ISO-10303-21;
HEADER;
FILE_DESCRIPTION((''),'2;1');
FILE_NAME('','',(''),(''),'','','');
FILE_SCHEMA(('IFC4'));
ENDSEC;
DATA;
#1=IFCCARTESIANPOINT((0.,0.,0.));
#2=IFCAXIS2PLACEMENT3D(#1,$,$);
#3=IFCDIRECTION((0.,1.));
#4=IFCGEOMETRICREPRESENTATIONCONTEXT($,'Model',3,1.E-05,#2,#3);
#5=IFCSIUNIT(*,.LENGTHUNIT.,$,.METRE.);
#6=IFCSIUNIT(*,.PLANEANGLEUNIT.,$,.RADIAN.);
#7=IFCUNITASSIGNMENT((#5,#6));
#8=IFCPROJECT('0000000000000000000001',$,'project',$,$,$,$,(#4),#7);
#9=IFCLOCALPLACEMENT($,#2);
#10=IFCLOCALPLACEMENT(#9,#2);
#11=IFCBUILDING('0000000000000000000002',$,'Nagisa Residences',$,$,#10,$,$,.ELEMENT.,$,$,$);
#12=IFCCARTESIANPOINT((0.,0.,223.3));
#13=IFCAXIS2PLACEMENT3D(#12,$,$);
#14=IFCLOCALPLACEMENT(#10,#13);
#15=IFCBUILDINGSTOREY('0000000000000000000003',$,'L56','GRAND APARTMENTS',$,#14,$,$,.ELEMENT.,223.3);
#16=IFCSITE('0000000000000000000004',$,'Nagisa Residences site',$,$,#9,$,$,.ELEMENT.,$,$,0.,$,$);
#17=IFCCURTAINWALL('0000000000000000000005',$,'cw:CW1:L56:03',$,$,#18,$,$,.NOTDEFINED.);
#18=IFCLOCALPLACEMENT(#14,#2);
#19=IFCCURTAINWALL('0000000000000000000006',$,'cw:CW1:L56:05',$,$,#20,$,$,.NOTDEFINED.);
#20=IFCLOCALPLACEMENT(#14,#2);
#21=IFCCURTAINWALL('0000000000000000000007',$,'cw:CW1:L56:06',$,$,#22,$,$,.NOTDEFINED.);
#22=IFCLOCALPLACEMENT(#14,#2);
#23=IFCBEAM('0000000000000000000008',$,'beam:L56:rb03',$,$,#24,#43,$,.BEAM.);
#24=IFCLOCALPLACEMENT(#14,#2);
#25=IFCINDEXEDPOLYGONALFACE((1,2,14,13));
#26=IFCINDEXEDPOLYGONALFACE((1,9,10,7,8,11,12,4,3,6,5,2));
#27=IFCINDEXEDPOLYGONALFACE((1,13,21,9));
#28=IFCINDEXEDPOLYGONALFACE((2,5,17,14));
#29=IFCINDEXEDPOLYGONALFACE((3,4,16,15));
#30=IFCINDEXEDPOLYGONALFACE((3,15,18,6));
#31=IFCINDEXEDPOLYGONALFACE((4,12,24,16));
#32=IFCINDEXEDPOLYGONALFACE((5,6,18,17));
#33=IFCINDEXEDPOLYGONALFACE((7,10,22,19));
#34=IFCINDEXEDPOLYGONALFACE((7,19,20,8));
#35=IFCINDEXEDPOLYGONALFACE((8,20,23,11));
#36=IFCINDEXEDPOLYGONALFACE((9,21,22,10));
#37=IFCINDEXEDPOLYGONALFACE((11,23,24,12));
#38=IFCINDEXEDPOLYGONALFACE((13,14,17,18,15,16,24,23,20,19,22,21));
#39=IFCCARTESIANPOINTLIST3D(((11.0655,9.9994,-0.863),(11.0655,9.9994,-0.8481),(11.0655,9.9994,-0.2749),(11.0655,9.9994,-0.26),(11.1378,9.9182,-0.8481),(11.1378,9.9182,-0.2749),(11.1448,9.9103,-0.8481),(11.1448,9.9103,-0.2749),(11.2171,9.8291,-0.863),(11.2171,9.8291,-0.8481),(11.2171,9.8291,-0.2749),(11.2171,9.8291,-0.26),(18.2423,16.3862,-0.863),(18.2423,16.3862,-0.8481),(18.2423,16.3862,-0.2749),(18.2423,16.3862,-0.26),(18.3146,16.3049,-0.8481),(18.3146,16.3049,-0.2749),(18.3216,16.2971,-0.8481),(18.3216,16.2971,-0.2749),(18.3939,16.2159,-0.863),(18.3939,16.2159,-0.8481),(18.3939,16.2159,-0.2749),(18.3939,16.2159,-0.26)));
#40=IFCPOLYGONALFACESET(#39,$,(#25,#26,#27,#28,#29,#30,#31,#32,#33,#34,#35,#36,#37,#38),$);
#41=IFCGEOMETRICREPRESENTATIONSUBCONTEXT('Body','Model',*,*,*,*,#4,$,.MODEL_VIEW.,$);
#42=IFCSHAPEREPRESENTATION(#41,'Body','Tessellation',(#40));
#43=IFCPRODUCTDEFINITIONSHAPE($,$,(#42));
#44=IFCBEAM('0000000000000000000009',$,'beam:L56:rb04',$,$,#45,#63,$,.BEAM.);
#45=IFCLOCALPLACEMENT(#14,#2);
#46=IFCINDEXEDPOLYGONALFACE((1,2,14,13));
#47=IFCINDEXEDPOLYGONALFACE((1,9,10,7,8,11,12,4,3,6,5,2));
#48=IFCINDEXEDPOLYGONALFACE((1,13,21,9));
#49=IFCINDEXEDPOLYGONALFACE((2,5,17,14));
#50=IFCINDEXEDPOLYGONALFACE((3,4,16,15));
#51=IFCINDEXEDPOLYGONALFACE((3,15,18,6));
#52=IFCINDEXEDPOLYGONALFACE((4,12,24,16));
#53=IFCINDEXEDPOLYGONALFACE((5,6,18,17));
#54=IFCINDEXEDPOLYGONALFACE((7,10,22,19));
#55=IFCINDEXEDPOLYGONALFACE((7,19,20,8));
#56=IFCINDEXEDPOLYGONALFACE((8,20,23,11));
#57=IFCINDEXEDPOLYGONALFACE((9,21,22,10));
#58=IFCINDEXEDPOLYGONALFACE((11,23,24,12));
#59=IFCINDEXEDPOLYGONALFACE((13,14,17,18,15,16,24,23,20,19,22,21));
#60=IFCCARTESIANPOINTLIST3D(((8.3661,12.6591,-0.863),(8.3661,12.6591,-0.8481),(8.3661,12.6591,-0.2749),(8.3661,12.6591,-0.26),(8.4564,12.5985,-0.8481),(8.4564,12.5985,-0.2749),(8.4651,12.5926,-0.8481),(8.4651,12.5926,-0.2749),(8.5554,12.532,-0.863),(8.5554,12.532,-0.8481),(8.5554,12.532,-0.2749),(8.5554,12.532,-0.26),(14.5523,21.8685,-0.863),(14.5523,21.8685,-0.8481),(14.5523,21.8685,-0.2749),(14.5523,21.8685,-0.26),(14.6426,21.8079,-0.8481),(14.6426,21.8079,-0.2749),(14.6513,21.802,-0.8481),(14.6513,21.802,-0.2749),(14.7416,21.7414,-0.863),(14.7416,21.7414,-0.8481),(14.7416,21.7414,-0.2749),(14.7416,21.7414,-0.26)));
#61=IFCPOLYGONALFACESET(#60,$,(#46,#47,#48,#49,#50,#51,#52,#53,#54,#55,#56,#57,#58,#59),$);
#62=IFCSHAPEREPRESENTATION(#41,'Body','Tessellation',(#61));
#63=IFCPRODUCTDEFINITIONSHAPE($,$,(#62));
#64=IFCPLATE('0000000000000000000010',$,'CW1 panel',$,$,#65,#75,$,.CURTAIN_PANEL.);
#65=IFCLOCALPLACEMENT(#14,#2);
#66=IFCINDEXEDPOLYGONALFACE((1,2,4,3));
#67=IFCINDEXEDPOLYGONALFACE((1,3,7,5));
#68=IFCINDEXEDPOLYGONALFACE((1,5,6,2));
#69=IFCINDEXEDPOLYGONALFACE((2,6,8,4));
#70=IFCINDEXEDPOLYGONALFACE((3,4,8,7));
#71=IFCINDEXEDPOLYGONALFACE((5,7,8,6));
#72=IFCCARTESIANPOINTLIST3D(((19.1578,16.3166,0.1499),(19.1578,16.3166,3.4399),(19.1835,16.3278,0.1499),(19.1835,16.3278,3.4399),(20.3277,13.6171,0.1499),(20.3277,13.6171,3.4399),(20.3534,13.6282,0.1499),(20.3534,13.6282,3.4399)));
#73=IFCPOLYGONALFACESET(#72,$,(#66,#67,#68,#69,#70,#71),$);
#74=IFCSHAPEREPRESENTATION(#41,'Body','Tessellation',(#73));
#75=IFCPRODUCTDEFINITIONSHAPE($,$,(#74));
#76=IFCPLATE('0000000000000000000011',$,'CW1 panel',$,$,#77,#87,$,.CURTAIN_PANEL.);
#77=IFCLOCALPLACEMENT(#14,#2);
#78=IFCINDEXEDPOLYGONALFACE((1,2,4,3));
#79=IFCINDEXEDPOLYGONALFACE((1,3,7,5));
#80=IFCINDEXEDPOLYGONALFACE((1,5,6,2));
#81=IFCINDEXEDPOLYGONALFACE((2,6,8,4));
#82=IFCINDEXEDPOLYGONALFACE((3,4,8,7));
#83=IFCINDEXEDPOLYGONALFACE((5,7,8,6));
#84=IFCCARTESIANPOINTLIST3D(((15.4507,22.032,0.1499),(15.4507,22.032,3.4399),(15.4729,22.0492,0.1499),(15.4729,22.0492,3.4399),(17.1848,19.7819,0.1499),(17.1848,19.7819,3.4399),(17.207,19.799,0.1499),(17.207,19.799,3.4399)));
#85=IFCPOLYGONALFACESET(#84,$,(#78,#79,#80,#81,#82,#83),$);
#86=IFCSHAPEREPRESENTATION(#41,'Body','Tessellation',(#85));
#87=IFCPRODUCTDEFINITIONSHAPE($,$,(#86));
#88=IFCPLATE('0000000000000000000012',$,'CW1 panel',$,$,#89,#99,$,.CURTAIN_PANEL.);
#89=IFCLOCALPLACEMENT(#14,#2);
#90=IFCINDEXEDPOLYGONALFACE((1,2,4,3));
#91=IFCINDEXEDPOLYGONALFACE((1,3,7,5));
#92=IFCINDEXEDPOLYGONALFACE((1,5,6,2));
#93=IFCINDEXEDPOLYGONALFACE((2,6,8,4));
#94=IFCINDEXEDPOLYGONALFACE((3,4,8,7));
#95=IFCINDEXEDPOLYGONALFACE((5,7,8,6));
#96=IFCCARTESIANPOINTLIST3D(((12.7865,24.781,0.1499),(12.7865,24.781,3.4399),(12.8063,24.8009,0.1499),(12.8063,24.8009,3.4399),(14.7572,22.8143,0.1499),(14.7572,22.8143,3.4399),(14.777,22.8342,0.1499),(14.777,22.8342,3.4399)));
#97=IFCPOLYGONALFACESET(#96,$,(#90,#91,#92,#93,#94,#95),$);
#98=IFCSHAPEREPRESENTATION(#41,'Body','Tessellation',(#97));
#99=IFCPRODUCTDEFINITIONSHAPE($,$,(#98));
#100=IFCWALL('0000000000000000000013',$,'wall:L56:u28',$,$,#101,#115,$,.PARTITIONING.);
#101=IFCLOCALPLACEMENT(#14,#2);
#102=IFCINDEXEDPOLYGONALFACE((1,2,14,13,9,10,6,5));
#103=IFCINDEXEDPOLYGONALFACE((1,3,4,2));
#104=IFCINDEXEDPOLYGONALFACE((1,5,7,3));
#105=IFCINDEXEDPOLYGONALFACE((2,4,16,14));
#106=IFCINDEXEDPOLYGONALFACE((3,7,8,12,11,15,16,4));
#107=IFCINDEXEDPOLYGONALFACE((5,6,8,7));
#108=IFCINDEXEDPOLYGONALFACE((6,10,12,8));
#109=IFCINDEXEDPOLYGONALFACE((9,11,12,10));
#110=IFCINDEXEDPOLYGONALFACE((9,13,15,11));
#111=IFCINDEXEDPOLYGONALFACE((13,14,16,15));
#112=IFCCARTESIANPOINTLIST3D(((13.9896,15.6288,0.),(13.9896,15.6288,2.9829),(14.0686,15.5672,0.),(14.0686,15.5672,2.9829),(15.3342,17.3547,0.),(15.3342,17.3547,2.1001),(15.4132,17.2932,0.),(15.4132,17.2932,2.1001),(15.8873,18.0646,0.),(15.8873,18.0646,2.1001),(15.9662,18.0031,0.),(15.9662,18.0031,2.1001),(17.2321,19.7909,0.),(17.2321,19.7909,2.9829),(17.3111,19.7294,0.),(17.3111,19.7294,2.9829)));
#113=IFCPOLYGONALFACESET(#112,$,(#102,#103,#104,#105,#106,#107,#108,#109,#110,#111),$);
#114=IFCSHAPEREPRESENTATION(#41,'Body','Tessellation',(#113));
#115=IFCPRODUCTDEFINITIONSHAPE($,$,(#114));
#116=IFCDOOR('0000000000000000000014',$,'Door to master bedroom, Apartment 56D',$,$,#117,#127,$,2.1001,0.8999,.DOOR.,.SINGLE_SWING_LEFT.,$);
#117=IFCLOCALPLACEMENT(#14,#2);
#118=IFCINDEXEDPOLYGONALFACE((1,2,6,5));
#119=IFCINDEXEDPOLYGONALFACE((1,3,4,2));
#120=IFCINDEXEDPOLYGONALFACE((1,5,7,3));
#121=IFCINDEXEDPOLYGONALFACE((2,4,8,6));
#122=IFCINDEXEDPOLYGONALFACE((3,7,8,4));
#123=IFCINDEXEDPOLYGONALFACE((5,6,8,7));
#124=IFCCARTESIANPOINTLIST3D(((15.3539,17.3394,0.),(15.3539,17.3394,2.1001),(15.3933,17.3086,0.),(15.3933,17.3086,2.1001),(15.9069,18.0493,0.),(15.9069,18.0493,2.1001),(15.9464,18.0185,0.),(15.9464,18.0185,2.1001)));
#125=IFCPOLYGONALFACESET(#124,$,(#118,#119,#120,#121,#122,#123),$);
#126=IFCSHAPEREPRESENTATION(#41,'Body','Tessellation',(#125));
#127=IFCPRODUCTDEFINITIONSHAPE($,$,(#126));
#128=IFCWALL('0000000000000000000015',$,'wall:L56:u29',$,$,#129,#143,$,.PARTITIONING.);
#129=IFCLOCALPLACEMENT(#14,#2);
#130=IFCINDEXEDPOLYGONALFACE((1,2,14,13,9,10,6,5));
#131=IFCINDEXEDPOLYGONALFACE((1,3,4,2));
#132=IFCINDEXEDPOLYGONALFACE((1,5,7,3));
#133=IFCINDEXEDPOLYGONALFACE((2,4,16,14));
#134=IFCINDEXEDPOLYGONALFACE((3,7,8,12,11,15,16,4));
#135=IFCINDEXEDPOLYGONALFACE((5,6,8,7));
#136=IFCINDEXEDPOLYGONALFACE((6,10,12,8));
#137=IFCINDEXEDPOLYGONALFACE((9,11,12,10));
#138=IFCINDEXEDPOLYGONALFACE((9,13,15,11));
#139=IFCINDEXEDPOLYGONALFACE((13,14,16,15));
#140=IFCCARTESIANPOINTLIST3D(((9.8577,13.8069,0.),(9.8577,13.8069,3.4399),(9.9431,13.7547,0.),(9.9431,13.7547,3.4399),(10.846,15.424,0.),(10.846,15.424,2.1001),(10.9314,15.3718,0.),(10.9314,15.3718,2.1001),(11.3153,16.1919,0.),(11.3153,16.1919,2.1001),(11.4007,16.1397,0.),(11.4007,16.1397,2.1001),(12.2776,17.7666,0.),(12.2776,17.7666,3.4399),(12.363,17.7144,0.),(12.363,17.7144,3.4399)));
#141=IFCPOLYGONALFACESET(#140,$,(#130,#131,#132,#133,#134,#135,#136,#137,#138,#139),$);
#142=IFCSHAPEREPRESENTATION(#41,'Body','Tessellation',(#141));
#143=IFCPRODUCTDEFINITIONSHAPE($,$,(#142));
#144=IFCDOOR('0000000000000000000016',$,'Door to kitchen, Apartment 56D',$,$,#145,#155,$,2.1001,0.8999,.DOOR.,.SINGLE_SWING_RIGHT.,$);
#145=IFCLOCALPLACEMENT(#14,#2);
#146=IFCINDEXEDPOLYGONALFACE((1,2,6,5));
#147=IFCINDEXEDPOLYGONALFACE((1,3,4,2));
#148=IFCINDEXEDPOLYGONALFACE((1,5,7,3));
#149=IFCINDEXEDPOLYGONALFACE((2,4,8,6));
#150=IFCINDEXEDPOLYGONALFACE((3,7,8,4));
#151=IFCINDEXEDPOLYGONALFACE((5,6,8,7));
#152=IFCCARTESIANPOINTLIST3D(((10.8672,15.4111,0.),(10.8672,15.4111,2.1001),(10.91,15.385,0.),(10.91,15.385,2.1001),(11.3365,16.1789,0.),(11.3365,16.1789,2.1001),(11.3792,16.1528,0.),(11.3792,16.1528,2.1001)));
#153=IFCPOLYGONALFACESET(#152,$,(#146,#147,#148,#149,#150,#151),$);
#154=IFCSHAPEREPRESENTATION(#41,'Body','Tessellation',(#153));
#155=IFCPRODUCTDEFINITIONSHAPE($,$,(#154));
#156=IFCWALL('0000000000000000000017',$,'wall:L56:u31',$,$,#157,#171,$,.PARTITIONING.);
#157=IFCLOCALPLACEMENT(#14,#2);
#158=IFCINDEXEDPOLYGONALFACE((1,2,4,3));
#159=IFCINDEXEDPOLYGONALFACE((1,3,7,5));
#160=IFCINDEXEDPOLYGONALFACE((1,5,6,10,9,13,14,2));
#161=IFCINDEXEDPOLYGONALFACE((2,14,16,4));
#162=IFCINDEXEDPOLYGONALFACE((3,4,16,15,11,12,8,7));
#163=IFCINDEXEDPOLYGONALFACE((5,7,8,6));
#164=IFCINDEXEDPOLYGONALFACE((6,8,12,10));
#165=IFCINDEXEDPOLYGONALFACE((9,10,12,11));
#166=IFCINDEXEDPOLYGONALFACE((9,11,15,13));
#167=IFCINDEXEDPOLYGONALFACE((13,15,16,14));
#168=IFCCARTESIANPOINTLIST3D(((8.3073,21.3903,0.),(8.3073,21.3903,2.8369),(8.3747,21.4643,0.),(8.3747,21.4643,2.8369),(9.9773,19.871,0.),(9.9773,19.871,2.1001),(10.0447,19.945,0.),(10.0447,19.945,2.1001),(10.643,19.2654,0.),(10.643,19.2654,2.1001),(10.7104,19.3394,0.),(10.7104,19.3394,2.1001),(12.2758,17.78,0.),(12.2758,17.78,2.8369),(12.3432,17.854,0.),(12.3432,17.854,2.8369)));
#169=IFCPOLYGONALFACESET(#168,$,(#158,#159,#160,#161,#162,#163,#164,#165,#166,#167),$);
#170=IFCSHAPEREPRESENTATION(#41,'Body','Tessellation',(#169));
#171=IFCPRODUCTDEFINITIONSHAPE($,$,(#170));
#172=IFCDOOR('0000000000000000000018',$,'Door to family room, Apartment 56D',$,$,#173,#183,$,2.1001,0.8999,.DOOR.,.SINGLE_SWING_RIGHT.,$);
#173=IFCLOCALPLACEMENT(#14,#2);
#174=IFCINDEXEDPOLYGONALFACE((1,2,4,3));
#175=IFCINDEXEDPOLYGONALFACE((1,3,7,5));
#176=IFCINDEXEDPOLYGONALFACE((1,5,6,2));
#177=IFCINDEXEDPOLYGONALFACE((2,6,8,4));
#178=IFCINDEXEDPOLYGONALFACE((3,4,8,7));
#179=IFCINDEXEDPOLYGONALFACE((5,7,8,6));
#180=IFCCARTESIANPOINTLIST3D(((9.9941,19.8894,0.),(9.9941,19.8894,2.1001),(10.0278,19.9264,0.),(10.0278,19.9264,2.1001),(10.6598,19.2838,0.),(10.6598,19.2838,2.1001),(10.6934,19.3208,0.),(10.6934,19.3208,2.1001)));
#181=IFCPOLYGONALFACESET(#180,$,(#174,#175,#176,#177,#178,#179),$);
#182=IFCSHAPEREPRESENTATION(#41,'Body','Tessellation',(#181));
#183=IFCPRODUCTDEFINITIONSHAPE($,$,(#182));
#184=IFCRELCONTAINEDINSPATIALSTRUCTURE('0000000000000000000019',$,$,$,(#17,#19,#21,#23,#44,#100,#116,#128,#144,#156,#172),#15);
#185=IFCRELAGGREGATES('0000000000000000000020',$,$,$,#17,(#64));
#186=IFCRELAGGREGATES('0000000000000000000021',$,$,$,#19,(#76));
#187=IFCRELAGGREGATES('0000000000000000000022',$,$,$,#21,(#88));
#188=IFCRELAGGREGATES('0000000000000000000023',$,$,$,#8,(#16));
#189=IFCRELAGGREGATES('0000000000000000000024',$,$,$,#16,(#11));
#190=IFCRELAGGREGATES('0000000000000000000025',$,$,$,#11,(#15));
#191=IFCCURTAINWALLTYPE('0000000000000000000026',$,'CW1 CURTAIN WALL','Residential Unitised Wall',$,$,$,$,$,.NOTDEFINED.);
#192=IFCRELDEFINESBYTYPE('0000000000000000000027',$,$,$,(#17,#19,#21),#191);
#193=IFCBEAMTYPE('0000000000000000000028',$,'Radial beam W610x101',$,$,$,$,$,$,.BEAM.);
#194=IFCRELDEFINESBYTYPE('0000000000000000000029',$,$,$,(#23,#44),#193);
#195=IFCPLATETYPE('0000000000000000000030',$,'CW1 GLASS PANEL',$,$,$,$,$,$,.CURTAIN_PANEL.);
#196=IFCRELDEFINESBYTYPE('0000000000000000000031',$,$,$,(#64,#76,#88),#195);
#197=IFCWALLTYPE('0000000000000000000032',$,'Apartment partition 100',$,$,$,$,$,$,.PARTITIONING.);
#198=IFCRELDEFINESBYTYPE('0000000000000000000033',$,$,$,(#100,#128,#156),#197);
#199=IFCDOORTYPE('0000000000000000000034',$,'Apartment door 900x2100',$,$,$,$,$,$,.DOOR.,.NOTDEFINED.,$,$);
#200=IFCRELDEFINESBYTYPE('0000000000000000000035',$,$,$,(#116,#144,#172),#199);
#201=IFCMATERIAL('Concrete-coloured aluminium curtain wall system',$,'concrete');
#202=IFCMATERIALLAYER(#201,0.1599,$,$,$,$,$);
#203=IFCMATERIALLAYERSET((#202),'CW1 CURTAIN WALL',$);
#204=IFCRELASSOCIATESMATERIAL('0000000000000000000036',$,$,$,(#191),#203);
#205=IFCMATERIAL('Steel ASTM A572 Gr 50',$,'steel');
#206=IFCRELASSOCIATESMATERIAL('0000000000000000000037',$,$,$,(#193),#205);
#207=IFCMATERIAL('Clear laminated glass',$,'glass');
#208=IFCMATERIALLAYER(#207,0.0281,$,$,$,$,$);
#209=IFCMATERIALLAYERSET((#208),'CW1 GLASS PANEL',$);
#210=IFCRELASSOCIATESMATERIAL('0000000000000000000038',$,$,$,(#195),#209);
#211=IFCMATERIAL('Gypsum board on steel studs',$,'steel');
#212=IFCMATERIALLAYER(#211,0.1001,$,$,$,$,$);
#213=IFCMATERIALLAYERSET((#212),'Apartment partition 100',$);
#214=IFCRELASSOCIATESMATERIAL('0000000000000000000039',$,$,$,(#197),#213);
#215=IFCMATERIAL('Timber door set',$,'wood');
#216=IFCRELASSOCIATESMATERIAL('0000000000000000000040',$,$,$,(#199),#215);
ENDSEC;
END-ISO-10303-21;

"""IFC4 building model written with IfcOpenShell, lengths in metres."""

from ifc_helpers import new_model, si_unit, direction, frame, frame_2d, origin, origin_2d, place, context, subcontext, project, spatial, rectangle, i_section, extrude, material, layer, layer_set, material_profile, profile_set, type_object, element, fill, aggregate, save


model = new_model("IFC4")

# Units and contexts
model_context = context("Model", 3, precision=1e-05, world=origin(), true_north=direction((0.0, 1.0)))
body_context = subcontext(model_context, "Body", "Model", "MODEL_VIEW")
ifc_project = project(units=[si_unit("LENGTHUNIT", "METRE"), si_unit("PLANEANGLEUNIT", "RADIAN")], contexts=[model_context])

# Site, building, storey
site_placement = place(None, origin())
site = spatial("IfcSite", under=ifc_project, at=site_placement, Name="Nagisa Residences site", CompositionType="ELEMENT", RefElevation=0.0)
building_placement = place(site_placement, origin())
building = spatial("IfcBuilding", under=site, at=building_placement, Name="Nagisa Residences", CompositionType="ELEMENT")
storey_placement = place(building_placement, frame((0.0, 0.0, 223.3)))
storey = spatial("IfcBuildingStorey", under=building, at=storey_placement, Name="L56", Description="GRAND APARTMENTS", CompositionType="ELEMENT", Elevation=223.3)

# Curtain walls
ifc_material_1 = material(Name="Concrete-coloured aluminium curtain wall system", Category="concrete")
ifc_layer_1 = layer(ifc_material_1, 0.1599)
ifc_layer_set_1 = layer_set([ifc_layer_1], Name="CW1 CURTAIN WALL")
curtain_wall_type = type_object("IfcCurtainWallType", Name="CW1 CURTAIN WALL", Description="Residential Unitised Wall", PredefinedType="NOTDEFINED", material=ifc_layer_set_1)
curtain_wall_1_placement = place(storey_placement, origin())
curtain_wall_1 = element("IfcCurtainWall", 1, at=curtain_wall_1_placement, inside=storey, type_object=curtain_wall_type, Name="cw:CW1:L56:03", PredefinedType="NOTDEFINED")
curtain_wall_2_placement = place(storey_placement, origin())
curtain_wall_2 = element("IfcCurtainWall", 2, at=curtain_wall_2_placement, inside=storey, type_object=curtain_wall_type, Name="cw:CW1:L56:05", PredefinedType="NOTDEFINED")
curtain_wall_3_placement = place(storey_placement, origin())
curtain_wall_3 = element("IfcCurtainWall", 3, at=curtain_wall_3_placement, inside=storey, type_object=curtain_wall_type, Name="cw:CW1:L56:06", PredefinedType="NOTDEFINED")

# Beams
ifc_material_2 = material(Name="Steel ASTM A572 Gr 50", Category="steel")
ifc_material_profile_1 = material_profile(ifc_material_2, i_section(OverallWidth=0.228, OverallDepth=0.603, WebThickness=0.0105, FlangeThickness=0.0149, at=origin_2d()), Name="W610x101")
ifc_profile_set_1 = profile_set([ifc_material_profile_1], Name="Steel ASTM A572 Gr 50")
beam_type_1 = type_object("IfcBeamType", Name="Radial beam W610x101", PredefinedType="BEAM", material=ifc_profile_set_1)
beam_1_placement = place(storey_placement, frame((18.3181, 16.301, -0.5615), z_axis=(-0.747028, -0.664793, 0.0), x_axis=(0.664793, -0.747028, 0.0)))
element("IfcBeam", 4, at=beam_1_placement, inside=storey, type_object=beam_type_1, Name="beam:L56:rb03", PredefinedType="BEAM", context=body_context, shape_type="SweptSolid", body=[
    extrude(i_section(OverallWidth=0.228, OverallDepth=0.603, WebThickness=0.0105, FlangeThickness=0.0149, at=origin_2d()), origin(), (0.0, 0.0, 1.0), 9.6072),
])
beam_2_placement = place(storey_placement, frame((14.647, 21.8049, -0.5615), z_axis=(-0.557607, -0.830105, 0.0), x_axis=(0.830105, -0.557607, 0.0)))
element("IfcBeam", 5, at=beam_2_placement, inside=storey, type_object=beam_type_1, Name="beam:L56:rb04", PredefinedType="BEAM", context=body_context, shape_type="SweptSolid", body=[
    extrude(i_section(OverallWidth=0.228, OverallDepth=0.603, WebThickness=0.0105, FlangeThickness=0.0149, at=origin_2d()), origin(), (0.0, 0.0, 1.0), 11.0942),
])

# Plates
ifc_material_3 = material(Name="Clear laminated glass", Category="glass")
ifc_layer_2 = layer(ifc_material_3, 0.0281)
ifc_layer_set_2 = layer_set([ifc_layer_2], Name="CW1 GLASS PANEL")
plate_type = type_object("IfcPlateType", Name="CW1 GLASS PANEL", PredefinedType="CURTAIN_PANEL", material=ifc_layer_set_2)
plate_1_placement = place(storey_placement, frame((19.7556, 14.9724, 0.1499), z_axis=(0.0, 0.0, 1.0), x_axis=(-0.397636, 0.917543, 0.0)))
plate_1 = element("IfcPlate", 6, at=plate_1_placement, type_object=plate_type, Name="CW1 panel", PredefinedType="CURTAIN_PANEL", context=body_context, shape_type="SweptSolid", body=[
    extrude(rectangle(XDim=2.9421, YDim=0.0281, at=origin_2d()), origin(), (0.0, 0.0, 1.0), 3.29),
])
aggregate(curtain_wall_1, [plate_1])
plate_2_placement = place(storey_placement, frame((16.3289, 20.9155, 0.1499), z_axis=(0.0, 0.0, 1.0), x_axis=(-0.61043, 0.79207, 0.0)))
plate_2 = element("IfcPlate", 7, at=plate_2_placement, type_object=plate_type, Name="CW1 panel", PredefinedType="CURTAIN_PANEL", context=body_context, shape_type="SweptSolid", body=[
    extrude(rectangle(XDim=2.8408, YDim=0.0281, at=origin_2d()), origin(), (0.0, 0.0, 1.0), 3.29),
])
aggregate(curtain_wall_2, [plate_2])
plate_3_placement = place(storey_placement, frame((13.7817, 23.8076, 0.1499), z_axis=(0.0, 0.0, 1.0), x_axis=(-0.707836, 0.706377, 0.0)))
plate_3 = element("IfcPlate", 8, at=plate_3_placement, type_object=plate_type, Name="CW1 panel", PredefinedType="CURTAIN_PANEL", context=body_context, shape_type="SweptSolid", body=[
    extrude(rectangle(XDim=2.7842, YDim=0.0281, at=origin_2d()), origin(), (0.0, 0.0, 1.0), 3.29),
])
aggregate(curtain_wall_3, [plate_3])

# Walls, openings, doors
ifc_material_4 = material(Name="Gypsum board on steel studs", Category="steel")
ifc_layer_3 = layer(ifc_material_4, 0.1001)
ifc_layer_set_3 = layer_set([ifc_layer_3], Name="Apartment partition 100")
wall_type_1 = type_object("IfcWallType", Name="Apartment partition 100", PredefinedType="PARTITIONING", material=ifc_layer_set_3)
wall_1_placement = place(storey_placement, frame((14.0291, 15.5979, 0.0), z_axis=(0.0, 0.0, 1.0), x_axis=(0.614559, 0.788871, 0.0)))
wall_1 = element("IfcWall", 9, at=wall_1_placement, inside=storey, type_object=wall_type_1, Name="wall:L56:u28", PredefinedType="PARTITIONING", context=body_context, shape_type="SweptSolid", body=[
    extrude(rectangle(XDim=5.2761, YDim=0.1001, at=frame_2d((2.6382, 0.0))), origin(), (0.0, 0.0, 1.0), 2.9829),
])
opening_1_placement = place(wall_1_placement, frame((2.188, 0.0, 0.0)))
opening_1 = element("IfcOpeningElement", 10, at=opening_1_placement, cuts=wall_1, PredefinedType="OPENING", context=body_context, shape_type="SweptSolid", body=[
    extrude(rectangle(XDim=0.8999, YDim=2.1001, at=frame_2d((0.45, 1.05))), frame((0.0, 0.0601, 0.0), z_axis=(0.0, -1.0, 0.0), x_axis=(1.0, 0.0, 0.0)), (0.0, 0.0, 1.0), 0.1201),
])
ifc_material_5 = material(Name="Timber door set", Category="wood")
door_type_1 = type_object("IfcDoorType", Name="Apartment door 900x2100", OperationType="NOTDEFINED", PredefinedType="DOOR", material=ifc_material_5)
door_1_placement = place(opening_1_placement, frame((0.8999, 0.0, 0.0), x_axis=(-1.0, 0.0, 0.0)))
door_1 = element("IfcDoor", 11, at=door_1_placement, inside=storey, type_object=door_type_1, Name="Door to master bedroom, Apartment 56D", OperationType="SINGLE_SWING_LEFT", OverallHeight=2.1001, OverallWidth=0.8999, PredefinedType="DOOR", context=body_context, shape_type="SweptSolid", body=[
    extrude(rectangle(XDim=0.8999, YDim=2.1001, at=frame_2d((0.45, 1.05))), frame((0.0, 0.0249, 0.0), z_axis=(0.0, -1.0, 0.0), x_axis=(1.0, 0.0, 0.0)), (0.0, 0.0, 1.0), 0.05),
])
fill(opening_1, door_1)
wall_2_placement = place(storey_placement, frame((9.9004, 13.7808, 0.0), z_axis=(0.0, 0.0, 1.0), x_axis=(0.521465, 0.853273, 0.0)))
wall_2 = element("IfcWall", 12, at=wall_2_placement, inside=storey, type_object=wall_type_1, Name="wall:L56:u29", PredefinedType="PARTITIONING", context=body_context, shape_type="SweptSolid", body=[
    extrude(rectangle(XDim=4.6406, YDim=0.1001, at=frame_2d((2.3203, 0.0))), origin(), (0.0, 0.0, 1.0), 3.4399),
])
opening_2_placement = place(wall_2_placement, frame((1.8953, 0.0, 0.0)))
opening_2 = element("IfcOpeningElement", 13, at=opening_2_placement, cuts=wall_2, PredefinedType="OPENING", context=body_context, shape_type="SweptSolid", body=[
    extrude(rectangle(XDim=0.8999, YDim=2.1001, at=frame_2d((0.45, 1.05))), frame((0.0, 0.0601, 0.0), z_axis=(0.0, -1.0, 0.0), x_axis=(1.0, 0.0, 0.0)), (0.0, 0.0, 1.0), 0.1201),
])
door_2_placement = place(opening_2_placement, frame((0.8999, 0.0, 0.0), x_axis=(-1.0, 0.0, 0.0)))
door_2 = element("IfcDoor", 14, at=door_2_placement, inside=storey, type_object=door_type_1, Name="Door to kitchen, Apartment 56D", OperationType="SINGLE_SWING_RIGHT", OverallHeight=2.1001, OverallWidth=0.8999, PredefinedType="DOOR", context=body_context, shape_type="SweptSolid", body=[
    extrude(rectangle(XDim=0.8999, YDim=2.1001, at=frame_2d((0.45, 1.05))), frame((0.0, 0.0249, 0.0), z_axis=(0.0, -1.0, 0.0), x_axis=(1.0, 0.0, 0.0)), (0.0, 0.0, 1.0), 0.05),
])
fill(opening_2, door_2)
wall_3_placement = place(storey_placement, frame((12.3096, 17.8169, 0.0), z_axis=(0.0, 0.0, 1.0), x_axis=(-0.739697, 0.67294, 0.0)))
wall_3 = element("IfcWall", 15, at=wall_3_placement, inside=storey, type_object=wall_type_1, Name="wall:L56:u31", PredefinedType="PARTITIONING", context=body_context, shape_type="SweptSolid", body=[
    extrude(rectangle(XDim=5.365, YDim=0.1001, at=frame_2d((2.6826, 0.0))), origin(), (0.0, 0.0, 1.0), 2.8369),
])
opening_3_placement = place(wall_3_placement, frame((2.2075, 0.0, 0.0)))
opening_3 = element("IfcOpeningElement", 16, at=opening_3_placement, cuts=wall_3, PredefinedType="OPENING", context=body_context, shape_type="SweptSolid", body=[
    extrude(rectangle(XDim=0.8999, YDim=2.1001, at=frame_2d((0.45, 1.05))), frame((0.0, 0.0601, 0.0), z_axis=(0.0, -1.0, 0.0), x_axis=(1.0, 0.0, 0.0)), (0.0, 0.0, 1.0), 0.1201),
])
door_3_placement = place(opening_3_placement, frame((0.8999, 0.0, 0.0), x_axis=(-1.0, 0.0, 0.0)))
door_3 = element("IfcDoor", 17, at=door_3_placement, inside=storey, type_object=door_type_1, Name="Door to family room, Apartment 56D", OperationType="SINGLE_SWING_RIGHT", OverallHeight=2.1001, OverallWidth=0.8999, PredefinedType="DOOR", context=body_context, shape_type="SweptSolid", body=[
    extrude(rectangle(XDim=0.8999, YDim=2.1001, at=frame_2d((0.45, 1.05))), frame((0.0, 0.0249, 0.0), z_axis=(0.0, -1.0, 0.0), x_axis=(1.0, 0.0, 0.0)), (0.0, 0.0, 1.0), 0.05),
])
fill(opening_3, door_3)

save(model, "model.ifc")
